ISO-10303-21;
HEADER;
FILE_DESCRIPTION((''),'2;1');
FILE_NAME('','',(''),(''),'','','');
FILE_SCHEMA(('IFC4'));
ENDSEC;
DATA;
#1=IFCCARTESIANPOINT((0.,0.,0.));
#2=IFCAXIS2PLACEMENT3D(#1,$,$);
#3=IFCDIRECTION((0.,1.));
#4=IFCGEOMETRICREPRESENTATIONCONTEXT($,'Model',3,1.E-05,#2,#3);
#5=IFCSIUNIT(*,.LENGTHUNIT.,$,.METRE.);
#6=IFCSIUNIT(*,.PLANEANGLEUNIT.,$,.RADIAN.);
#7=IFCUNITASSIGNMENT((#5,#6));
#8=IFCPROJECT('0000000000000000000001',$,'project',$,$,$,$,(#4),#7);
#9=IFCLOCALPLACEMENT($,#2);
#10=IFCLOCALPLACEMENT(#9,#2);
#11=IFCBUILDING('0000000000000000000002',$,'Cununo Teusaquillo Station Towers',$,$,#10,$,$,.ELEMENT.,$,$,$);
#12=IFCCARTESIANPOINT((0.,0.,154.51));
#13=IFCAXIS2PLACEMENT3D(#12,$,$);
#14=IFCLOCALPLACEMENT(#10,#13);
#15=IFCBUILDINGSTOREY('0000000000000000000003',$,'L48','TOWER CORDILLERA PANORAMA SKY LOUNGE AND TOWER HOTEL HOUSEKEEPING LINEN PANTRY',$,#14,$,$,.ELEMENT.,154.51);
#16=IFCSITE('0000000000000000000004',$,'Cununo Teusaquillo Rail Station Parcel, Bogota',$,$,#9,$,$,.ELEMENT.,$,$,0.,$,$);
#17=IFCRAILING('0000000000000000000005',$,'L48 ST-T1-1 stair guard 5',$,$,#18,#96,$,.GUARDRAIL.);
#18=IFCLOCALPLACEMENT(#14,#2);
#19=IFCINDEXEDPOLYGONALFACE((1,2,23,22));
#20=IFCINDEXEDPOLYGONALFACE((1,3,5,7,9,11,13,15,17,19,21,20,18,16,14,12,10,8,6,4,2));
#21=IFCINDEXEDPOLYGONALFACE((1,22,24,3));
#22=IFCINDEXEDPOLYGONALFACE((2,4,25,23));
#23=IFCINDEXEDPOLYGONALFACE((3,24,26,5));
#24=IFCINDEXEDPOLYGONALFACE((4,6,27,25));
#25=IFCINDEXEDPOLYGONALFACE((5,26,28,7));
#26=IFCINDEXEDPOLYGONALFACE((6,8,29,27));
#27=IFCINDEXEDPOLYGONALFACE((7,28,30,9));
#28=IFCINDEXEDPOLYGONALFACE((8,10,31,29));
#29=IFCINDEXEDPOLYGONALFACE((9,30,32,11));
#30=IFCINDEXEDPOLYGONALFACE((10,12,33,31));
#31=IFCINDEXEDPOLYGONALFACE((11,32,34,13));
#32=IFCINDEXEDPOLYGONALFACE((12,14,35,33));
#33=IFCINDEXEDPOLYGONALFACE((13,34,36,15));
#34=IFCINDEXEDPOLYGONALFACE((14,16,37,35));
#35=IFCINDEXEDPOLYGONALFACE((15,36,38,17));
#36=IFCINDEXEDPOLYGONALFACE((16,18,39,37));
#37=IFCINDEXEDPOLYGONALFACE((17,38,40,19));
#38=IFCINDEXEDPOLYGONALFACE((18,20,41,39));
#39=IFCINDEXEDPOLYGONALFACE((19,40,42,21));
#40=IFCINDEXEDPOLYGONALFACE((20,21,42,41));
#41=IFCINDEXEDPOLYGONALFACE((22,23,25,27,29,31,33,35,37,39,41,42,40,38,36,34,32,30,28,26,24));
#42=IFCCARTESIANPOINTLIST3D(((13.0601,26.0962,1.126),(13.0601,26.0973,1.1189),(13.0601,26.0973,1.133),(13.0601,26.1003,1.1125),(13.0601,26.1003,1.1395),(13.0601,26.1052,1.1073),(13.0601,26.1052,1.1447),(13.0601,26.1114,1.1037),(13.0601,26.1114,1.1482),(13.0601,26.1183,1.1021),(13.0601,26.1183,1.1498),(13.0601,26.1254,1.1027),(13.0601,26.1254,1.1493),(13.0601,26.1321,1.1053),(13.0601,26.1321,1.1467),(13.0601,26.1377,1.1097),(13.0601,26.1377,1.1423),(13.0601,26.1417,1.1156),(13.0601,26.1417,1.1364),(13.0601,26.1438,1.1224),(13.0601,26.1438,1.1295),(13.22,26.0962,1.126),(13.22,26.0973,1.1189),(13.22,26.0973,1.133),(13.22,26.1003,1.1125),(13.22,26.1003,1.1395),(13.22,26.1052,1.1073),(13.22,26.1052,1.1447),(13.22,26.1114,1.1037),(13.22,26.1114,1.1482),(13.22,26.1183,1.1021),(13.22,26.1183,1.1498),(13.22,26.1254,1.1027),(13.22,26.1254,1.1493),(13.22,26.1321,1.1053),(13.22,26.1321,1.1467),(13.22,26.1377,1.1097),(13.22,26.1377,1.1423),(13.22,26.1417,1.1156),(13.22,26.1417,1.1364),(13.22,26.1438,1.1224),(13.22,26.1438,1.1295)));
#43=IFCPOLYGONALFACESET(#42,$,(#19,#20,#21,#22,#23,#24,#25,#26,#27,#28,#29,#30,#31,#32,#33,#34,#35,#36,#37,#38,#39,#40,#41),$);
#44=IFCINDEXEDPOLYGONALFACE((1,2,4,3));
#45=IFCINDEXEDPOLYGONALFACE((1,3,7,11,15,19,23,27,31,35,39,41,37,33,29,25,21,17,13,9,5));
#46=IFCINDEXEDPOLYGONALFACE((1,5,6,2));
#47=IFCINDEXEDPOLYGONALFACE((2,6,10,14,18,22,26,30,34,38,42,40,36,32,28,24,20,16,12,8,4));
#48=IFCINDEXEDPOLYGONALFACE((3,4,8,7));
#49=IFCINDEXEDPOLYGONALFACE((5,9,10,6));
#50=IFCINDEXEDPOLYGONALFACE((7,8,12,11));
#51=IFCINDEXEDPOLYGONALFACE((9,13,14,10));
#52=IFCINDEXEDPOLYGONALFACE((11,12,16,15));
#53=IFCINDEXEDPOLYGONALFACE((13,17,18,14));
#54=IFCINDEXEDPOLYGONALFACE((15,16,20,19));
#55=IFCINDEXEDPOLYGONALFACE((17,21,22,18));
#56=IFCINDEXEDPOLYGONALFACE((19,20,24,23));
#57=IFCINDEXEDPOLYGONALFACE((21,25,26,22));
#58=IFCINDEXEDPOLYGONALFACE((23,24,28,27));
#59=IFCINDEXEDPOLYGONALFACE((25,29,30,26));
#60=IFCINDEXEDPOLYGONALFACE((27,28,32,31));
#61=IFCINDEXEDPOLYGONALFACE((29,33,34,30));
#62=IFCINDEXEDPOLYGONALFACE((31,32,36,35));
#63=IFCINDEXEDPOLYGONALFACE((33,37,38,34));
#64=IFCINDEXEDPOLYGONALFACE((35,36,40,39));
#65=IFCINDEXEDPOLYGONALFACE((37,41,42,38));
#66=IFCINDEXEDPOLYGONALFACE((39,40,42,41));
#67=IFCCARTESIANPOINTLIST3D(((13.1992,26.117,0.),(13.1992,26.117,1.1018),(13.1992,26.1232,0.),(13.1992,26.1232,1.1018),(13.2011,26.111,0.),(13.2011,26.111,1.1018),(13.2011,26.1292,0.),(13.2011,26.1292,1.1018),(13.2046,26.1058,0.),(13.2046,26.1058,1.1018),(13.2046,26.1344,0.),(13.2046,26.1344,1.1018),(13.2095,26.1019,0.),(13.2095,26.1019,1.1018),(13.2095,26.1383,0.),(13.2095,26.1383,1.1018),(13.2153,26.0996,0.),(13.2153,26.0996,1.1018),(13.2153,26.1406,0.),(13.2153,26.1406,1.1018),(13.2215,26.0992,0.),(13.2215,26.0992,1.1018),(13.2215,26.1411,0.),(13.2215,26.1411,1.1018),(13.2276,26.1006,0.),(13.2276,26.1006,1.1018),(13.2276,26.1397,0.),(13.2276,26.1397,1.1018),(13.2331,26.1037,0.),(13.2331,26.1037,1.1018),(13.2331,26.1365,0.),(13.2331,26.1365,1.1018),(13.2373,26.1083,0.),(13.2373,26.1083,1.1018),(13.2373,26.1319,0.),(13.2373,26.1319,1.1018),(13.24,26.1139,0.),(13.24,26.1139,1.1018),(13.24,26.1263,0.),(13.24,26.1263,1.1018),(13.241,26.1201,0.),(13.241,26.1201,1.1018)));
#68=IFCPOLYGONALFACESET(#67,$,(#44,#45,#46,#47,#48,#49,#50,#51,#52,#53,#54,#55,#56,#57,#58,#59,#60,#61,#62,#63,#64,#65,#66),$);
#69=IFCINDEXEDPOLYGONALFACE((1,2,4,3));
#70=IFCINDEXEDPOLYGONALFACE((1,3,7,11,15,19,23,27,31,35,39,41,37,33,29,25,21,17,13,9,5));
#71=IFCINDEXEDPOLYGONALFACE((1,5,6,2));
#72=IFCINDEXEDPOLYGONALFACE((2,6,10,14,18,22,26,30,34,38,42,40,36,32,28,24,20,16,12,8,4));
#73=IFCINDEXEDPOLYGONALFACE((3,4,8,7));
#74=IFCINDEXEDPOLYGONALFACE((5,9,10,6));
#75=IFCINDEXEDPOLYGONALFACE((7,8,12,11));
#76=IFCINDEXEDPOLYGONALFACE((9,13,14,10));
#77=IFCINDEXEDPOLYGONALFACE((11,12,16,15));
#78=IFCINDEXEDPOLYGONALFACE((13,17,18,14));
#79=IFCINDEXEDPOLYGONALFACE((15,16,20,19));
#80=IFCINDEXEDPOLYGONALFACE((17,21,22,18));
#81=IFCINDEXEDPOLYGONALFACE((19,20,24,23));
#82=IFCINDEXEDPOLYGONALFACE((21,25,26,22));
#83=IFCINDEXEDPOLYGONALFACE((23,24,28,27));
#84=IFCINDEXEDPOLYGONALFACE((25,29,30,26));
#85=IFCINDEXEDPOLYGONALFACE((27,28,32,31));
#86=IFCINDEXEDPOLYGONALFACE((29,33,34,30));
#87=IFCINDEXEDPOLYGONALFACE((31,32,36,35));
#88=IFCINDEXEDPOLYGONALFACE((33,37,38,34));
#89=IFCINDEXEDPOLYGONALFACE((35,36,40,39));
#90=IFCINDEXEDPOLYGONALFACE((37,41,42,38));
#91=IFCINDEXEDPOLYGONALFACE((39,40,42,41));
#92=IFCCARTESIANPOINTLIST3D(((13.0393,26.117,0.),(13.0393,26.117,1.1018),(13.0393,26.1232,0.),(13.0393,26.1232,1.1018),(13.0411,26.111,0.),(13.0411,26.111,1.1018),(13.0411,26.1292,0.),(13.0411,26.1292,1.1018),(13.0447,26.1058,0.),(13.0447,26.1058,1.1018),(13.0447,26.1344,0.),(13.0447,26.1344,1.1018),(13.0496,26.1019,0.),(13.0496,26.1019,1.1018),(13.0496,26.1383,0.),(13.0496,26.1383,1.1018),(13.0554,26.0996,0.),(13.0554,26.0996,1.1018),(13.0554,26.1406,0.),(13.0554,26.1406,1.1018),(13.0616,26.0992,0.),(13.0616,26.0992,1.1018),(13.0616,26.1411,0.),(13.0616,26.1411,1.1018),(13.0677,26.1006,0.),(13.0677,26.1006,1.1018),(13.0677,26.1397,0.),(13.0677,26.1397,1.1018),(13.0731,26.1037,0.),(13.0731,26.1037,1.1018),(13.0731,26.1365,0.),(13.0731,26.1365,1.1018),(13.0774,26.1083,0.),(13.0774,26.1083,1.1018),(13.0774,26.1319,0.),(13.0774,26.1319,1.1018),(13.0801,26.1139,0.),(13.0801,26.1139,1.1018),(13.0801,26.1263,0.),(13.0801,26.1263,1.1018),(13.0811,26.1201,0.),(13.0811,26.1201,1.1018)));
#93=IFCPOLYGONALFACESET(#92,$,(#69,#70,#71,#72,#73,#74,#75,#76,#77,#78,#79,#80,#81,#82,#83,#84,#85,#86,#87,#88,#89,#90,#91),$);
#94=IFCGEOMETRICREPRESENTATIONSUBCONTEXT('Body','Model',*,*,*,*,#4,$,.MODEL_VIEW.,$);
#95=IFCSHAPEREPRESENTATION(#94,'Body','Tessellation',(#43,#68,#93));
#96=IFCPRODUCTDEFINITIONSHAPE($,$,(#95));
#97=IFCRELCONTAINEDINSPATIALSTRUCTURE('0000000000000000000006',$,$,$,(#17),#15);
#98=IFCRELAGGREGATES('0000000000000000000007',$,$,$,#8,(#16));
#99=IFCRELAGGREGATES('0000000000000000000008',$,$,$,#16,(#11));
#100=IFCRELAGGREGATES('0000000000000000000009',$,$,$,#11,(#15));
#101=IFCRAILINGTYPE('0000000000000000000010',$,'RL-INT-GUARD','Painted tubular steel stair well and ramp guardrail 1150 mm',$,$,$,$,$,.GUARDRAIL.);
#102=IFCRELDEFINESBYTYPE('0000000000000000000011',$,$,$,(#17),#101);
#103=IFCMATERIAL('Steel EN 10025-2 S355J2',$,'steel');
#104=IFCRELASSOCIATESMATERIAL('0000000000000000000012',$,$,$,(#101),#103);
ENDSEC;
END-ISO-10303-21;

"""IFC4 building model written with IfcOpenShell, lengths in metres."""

from ifc_helpers import new_model, si_unit, direction, frame, origin, origin_2d, place, context, subcontext, project, spatial, circle, extrude, material, type_object, element, save


model = new_model("IFC4")

# Units and contexts
model_context = context("Model", 3, precision=1e-05, world=origin(), true_north=direction((0.0, 1.0)))
body_context = subcontext(model_context, "Body", "Model", "MODEL_VIEW")
ifc_project = project(units=[si_unit("LENGTHUNIT", "METRE"), si_unit("PLANEANGLEUNIT", "RADIAN")], contexts=[model_context])

# Site, building, storey
site_placement = place(None, origin())
site = spatial("IfcSite", under=ifc_project, at=site_placement, Name="Cununo Teusaquillo Rail Station Parcel, Bogota", CompositionType="ELEMENT", RefElevation=0.0)
building_placement = place(site_placement, origin())
building = spatial("IfcBuilding", under=site, at=building_placement, Name="Cununo Teusaquillo Station Towers", CompositionType="ELEMENT")
storey_placement = place(building_placement, frame((0.0, 0.0, 154.51)))
storey = spatial("IfcBuildingStorey", under=building, at=storey_placement, Name="L48", Description="TOWER CORDILLERA PANORAMA SKY LOUNGE AND TOWER HOTEL HOUSEKEEPING LINEN PANTRY", CompositionType="ELEMENT", Elevation=154.51)

# Railing
ifc_material_1 = material(Name="Steel EN 10025-2 S355J2", Category="steel")
railing_type_1 = type_object("IfcRailingType", Name="RL-INT-GUARD", Description="Painted tubular steel stair well and ramp guardrail 1150 mm", PredefinedType="GUARDRAIL", material=ifc_material_1)
railing_1_placement = place(storey_placement, frame((13.22, 26.1201, 0.0)))
element("IfcRailing", 1, at=railing_1_placement, inside=storey, type_object=railing_type_1, Name="L48 ST-T1-1 stair guard 5", PredefinedType="GUARDRAIL", context=body_context, shape_type="SweptSolid", body=[
    extrude(circle(Radius=0.0239, at=origin_2d()), frame((0.0, 0.0, 1.126), z_axis=(-1.0, 0.0, 0.0), x_axis=(0.0, -1.0, 0.0)), (0.0, 0.0, 1.0), 0.1599),
    extrude(circle(Radius=0.021, at=origin_2d()), origin(), (0.0, 0.0, 1.0), 1.1018),
    extrude(circle(Radius=0.021, at=origin_2d()), frame((-0.1599, 0.0, 0.0)), (0.0, 0.0, 1.0), 1.1018),
])

save(model, "model.ifc")
